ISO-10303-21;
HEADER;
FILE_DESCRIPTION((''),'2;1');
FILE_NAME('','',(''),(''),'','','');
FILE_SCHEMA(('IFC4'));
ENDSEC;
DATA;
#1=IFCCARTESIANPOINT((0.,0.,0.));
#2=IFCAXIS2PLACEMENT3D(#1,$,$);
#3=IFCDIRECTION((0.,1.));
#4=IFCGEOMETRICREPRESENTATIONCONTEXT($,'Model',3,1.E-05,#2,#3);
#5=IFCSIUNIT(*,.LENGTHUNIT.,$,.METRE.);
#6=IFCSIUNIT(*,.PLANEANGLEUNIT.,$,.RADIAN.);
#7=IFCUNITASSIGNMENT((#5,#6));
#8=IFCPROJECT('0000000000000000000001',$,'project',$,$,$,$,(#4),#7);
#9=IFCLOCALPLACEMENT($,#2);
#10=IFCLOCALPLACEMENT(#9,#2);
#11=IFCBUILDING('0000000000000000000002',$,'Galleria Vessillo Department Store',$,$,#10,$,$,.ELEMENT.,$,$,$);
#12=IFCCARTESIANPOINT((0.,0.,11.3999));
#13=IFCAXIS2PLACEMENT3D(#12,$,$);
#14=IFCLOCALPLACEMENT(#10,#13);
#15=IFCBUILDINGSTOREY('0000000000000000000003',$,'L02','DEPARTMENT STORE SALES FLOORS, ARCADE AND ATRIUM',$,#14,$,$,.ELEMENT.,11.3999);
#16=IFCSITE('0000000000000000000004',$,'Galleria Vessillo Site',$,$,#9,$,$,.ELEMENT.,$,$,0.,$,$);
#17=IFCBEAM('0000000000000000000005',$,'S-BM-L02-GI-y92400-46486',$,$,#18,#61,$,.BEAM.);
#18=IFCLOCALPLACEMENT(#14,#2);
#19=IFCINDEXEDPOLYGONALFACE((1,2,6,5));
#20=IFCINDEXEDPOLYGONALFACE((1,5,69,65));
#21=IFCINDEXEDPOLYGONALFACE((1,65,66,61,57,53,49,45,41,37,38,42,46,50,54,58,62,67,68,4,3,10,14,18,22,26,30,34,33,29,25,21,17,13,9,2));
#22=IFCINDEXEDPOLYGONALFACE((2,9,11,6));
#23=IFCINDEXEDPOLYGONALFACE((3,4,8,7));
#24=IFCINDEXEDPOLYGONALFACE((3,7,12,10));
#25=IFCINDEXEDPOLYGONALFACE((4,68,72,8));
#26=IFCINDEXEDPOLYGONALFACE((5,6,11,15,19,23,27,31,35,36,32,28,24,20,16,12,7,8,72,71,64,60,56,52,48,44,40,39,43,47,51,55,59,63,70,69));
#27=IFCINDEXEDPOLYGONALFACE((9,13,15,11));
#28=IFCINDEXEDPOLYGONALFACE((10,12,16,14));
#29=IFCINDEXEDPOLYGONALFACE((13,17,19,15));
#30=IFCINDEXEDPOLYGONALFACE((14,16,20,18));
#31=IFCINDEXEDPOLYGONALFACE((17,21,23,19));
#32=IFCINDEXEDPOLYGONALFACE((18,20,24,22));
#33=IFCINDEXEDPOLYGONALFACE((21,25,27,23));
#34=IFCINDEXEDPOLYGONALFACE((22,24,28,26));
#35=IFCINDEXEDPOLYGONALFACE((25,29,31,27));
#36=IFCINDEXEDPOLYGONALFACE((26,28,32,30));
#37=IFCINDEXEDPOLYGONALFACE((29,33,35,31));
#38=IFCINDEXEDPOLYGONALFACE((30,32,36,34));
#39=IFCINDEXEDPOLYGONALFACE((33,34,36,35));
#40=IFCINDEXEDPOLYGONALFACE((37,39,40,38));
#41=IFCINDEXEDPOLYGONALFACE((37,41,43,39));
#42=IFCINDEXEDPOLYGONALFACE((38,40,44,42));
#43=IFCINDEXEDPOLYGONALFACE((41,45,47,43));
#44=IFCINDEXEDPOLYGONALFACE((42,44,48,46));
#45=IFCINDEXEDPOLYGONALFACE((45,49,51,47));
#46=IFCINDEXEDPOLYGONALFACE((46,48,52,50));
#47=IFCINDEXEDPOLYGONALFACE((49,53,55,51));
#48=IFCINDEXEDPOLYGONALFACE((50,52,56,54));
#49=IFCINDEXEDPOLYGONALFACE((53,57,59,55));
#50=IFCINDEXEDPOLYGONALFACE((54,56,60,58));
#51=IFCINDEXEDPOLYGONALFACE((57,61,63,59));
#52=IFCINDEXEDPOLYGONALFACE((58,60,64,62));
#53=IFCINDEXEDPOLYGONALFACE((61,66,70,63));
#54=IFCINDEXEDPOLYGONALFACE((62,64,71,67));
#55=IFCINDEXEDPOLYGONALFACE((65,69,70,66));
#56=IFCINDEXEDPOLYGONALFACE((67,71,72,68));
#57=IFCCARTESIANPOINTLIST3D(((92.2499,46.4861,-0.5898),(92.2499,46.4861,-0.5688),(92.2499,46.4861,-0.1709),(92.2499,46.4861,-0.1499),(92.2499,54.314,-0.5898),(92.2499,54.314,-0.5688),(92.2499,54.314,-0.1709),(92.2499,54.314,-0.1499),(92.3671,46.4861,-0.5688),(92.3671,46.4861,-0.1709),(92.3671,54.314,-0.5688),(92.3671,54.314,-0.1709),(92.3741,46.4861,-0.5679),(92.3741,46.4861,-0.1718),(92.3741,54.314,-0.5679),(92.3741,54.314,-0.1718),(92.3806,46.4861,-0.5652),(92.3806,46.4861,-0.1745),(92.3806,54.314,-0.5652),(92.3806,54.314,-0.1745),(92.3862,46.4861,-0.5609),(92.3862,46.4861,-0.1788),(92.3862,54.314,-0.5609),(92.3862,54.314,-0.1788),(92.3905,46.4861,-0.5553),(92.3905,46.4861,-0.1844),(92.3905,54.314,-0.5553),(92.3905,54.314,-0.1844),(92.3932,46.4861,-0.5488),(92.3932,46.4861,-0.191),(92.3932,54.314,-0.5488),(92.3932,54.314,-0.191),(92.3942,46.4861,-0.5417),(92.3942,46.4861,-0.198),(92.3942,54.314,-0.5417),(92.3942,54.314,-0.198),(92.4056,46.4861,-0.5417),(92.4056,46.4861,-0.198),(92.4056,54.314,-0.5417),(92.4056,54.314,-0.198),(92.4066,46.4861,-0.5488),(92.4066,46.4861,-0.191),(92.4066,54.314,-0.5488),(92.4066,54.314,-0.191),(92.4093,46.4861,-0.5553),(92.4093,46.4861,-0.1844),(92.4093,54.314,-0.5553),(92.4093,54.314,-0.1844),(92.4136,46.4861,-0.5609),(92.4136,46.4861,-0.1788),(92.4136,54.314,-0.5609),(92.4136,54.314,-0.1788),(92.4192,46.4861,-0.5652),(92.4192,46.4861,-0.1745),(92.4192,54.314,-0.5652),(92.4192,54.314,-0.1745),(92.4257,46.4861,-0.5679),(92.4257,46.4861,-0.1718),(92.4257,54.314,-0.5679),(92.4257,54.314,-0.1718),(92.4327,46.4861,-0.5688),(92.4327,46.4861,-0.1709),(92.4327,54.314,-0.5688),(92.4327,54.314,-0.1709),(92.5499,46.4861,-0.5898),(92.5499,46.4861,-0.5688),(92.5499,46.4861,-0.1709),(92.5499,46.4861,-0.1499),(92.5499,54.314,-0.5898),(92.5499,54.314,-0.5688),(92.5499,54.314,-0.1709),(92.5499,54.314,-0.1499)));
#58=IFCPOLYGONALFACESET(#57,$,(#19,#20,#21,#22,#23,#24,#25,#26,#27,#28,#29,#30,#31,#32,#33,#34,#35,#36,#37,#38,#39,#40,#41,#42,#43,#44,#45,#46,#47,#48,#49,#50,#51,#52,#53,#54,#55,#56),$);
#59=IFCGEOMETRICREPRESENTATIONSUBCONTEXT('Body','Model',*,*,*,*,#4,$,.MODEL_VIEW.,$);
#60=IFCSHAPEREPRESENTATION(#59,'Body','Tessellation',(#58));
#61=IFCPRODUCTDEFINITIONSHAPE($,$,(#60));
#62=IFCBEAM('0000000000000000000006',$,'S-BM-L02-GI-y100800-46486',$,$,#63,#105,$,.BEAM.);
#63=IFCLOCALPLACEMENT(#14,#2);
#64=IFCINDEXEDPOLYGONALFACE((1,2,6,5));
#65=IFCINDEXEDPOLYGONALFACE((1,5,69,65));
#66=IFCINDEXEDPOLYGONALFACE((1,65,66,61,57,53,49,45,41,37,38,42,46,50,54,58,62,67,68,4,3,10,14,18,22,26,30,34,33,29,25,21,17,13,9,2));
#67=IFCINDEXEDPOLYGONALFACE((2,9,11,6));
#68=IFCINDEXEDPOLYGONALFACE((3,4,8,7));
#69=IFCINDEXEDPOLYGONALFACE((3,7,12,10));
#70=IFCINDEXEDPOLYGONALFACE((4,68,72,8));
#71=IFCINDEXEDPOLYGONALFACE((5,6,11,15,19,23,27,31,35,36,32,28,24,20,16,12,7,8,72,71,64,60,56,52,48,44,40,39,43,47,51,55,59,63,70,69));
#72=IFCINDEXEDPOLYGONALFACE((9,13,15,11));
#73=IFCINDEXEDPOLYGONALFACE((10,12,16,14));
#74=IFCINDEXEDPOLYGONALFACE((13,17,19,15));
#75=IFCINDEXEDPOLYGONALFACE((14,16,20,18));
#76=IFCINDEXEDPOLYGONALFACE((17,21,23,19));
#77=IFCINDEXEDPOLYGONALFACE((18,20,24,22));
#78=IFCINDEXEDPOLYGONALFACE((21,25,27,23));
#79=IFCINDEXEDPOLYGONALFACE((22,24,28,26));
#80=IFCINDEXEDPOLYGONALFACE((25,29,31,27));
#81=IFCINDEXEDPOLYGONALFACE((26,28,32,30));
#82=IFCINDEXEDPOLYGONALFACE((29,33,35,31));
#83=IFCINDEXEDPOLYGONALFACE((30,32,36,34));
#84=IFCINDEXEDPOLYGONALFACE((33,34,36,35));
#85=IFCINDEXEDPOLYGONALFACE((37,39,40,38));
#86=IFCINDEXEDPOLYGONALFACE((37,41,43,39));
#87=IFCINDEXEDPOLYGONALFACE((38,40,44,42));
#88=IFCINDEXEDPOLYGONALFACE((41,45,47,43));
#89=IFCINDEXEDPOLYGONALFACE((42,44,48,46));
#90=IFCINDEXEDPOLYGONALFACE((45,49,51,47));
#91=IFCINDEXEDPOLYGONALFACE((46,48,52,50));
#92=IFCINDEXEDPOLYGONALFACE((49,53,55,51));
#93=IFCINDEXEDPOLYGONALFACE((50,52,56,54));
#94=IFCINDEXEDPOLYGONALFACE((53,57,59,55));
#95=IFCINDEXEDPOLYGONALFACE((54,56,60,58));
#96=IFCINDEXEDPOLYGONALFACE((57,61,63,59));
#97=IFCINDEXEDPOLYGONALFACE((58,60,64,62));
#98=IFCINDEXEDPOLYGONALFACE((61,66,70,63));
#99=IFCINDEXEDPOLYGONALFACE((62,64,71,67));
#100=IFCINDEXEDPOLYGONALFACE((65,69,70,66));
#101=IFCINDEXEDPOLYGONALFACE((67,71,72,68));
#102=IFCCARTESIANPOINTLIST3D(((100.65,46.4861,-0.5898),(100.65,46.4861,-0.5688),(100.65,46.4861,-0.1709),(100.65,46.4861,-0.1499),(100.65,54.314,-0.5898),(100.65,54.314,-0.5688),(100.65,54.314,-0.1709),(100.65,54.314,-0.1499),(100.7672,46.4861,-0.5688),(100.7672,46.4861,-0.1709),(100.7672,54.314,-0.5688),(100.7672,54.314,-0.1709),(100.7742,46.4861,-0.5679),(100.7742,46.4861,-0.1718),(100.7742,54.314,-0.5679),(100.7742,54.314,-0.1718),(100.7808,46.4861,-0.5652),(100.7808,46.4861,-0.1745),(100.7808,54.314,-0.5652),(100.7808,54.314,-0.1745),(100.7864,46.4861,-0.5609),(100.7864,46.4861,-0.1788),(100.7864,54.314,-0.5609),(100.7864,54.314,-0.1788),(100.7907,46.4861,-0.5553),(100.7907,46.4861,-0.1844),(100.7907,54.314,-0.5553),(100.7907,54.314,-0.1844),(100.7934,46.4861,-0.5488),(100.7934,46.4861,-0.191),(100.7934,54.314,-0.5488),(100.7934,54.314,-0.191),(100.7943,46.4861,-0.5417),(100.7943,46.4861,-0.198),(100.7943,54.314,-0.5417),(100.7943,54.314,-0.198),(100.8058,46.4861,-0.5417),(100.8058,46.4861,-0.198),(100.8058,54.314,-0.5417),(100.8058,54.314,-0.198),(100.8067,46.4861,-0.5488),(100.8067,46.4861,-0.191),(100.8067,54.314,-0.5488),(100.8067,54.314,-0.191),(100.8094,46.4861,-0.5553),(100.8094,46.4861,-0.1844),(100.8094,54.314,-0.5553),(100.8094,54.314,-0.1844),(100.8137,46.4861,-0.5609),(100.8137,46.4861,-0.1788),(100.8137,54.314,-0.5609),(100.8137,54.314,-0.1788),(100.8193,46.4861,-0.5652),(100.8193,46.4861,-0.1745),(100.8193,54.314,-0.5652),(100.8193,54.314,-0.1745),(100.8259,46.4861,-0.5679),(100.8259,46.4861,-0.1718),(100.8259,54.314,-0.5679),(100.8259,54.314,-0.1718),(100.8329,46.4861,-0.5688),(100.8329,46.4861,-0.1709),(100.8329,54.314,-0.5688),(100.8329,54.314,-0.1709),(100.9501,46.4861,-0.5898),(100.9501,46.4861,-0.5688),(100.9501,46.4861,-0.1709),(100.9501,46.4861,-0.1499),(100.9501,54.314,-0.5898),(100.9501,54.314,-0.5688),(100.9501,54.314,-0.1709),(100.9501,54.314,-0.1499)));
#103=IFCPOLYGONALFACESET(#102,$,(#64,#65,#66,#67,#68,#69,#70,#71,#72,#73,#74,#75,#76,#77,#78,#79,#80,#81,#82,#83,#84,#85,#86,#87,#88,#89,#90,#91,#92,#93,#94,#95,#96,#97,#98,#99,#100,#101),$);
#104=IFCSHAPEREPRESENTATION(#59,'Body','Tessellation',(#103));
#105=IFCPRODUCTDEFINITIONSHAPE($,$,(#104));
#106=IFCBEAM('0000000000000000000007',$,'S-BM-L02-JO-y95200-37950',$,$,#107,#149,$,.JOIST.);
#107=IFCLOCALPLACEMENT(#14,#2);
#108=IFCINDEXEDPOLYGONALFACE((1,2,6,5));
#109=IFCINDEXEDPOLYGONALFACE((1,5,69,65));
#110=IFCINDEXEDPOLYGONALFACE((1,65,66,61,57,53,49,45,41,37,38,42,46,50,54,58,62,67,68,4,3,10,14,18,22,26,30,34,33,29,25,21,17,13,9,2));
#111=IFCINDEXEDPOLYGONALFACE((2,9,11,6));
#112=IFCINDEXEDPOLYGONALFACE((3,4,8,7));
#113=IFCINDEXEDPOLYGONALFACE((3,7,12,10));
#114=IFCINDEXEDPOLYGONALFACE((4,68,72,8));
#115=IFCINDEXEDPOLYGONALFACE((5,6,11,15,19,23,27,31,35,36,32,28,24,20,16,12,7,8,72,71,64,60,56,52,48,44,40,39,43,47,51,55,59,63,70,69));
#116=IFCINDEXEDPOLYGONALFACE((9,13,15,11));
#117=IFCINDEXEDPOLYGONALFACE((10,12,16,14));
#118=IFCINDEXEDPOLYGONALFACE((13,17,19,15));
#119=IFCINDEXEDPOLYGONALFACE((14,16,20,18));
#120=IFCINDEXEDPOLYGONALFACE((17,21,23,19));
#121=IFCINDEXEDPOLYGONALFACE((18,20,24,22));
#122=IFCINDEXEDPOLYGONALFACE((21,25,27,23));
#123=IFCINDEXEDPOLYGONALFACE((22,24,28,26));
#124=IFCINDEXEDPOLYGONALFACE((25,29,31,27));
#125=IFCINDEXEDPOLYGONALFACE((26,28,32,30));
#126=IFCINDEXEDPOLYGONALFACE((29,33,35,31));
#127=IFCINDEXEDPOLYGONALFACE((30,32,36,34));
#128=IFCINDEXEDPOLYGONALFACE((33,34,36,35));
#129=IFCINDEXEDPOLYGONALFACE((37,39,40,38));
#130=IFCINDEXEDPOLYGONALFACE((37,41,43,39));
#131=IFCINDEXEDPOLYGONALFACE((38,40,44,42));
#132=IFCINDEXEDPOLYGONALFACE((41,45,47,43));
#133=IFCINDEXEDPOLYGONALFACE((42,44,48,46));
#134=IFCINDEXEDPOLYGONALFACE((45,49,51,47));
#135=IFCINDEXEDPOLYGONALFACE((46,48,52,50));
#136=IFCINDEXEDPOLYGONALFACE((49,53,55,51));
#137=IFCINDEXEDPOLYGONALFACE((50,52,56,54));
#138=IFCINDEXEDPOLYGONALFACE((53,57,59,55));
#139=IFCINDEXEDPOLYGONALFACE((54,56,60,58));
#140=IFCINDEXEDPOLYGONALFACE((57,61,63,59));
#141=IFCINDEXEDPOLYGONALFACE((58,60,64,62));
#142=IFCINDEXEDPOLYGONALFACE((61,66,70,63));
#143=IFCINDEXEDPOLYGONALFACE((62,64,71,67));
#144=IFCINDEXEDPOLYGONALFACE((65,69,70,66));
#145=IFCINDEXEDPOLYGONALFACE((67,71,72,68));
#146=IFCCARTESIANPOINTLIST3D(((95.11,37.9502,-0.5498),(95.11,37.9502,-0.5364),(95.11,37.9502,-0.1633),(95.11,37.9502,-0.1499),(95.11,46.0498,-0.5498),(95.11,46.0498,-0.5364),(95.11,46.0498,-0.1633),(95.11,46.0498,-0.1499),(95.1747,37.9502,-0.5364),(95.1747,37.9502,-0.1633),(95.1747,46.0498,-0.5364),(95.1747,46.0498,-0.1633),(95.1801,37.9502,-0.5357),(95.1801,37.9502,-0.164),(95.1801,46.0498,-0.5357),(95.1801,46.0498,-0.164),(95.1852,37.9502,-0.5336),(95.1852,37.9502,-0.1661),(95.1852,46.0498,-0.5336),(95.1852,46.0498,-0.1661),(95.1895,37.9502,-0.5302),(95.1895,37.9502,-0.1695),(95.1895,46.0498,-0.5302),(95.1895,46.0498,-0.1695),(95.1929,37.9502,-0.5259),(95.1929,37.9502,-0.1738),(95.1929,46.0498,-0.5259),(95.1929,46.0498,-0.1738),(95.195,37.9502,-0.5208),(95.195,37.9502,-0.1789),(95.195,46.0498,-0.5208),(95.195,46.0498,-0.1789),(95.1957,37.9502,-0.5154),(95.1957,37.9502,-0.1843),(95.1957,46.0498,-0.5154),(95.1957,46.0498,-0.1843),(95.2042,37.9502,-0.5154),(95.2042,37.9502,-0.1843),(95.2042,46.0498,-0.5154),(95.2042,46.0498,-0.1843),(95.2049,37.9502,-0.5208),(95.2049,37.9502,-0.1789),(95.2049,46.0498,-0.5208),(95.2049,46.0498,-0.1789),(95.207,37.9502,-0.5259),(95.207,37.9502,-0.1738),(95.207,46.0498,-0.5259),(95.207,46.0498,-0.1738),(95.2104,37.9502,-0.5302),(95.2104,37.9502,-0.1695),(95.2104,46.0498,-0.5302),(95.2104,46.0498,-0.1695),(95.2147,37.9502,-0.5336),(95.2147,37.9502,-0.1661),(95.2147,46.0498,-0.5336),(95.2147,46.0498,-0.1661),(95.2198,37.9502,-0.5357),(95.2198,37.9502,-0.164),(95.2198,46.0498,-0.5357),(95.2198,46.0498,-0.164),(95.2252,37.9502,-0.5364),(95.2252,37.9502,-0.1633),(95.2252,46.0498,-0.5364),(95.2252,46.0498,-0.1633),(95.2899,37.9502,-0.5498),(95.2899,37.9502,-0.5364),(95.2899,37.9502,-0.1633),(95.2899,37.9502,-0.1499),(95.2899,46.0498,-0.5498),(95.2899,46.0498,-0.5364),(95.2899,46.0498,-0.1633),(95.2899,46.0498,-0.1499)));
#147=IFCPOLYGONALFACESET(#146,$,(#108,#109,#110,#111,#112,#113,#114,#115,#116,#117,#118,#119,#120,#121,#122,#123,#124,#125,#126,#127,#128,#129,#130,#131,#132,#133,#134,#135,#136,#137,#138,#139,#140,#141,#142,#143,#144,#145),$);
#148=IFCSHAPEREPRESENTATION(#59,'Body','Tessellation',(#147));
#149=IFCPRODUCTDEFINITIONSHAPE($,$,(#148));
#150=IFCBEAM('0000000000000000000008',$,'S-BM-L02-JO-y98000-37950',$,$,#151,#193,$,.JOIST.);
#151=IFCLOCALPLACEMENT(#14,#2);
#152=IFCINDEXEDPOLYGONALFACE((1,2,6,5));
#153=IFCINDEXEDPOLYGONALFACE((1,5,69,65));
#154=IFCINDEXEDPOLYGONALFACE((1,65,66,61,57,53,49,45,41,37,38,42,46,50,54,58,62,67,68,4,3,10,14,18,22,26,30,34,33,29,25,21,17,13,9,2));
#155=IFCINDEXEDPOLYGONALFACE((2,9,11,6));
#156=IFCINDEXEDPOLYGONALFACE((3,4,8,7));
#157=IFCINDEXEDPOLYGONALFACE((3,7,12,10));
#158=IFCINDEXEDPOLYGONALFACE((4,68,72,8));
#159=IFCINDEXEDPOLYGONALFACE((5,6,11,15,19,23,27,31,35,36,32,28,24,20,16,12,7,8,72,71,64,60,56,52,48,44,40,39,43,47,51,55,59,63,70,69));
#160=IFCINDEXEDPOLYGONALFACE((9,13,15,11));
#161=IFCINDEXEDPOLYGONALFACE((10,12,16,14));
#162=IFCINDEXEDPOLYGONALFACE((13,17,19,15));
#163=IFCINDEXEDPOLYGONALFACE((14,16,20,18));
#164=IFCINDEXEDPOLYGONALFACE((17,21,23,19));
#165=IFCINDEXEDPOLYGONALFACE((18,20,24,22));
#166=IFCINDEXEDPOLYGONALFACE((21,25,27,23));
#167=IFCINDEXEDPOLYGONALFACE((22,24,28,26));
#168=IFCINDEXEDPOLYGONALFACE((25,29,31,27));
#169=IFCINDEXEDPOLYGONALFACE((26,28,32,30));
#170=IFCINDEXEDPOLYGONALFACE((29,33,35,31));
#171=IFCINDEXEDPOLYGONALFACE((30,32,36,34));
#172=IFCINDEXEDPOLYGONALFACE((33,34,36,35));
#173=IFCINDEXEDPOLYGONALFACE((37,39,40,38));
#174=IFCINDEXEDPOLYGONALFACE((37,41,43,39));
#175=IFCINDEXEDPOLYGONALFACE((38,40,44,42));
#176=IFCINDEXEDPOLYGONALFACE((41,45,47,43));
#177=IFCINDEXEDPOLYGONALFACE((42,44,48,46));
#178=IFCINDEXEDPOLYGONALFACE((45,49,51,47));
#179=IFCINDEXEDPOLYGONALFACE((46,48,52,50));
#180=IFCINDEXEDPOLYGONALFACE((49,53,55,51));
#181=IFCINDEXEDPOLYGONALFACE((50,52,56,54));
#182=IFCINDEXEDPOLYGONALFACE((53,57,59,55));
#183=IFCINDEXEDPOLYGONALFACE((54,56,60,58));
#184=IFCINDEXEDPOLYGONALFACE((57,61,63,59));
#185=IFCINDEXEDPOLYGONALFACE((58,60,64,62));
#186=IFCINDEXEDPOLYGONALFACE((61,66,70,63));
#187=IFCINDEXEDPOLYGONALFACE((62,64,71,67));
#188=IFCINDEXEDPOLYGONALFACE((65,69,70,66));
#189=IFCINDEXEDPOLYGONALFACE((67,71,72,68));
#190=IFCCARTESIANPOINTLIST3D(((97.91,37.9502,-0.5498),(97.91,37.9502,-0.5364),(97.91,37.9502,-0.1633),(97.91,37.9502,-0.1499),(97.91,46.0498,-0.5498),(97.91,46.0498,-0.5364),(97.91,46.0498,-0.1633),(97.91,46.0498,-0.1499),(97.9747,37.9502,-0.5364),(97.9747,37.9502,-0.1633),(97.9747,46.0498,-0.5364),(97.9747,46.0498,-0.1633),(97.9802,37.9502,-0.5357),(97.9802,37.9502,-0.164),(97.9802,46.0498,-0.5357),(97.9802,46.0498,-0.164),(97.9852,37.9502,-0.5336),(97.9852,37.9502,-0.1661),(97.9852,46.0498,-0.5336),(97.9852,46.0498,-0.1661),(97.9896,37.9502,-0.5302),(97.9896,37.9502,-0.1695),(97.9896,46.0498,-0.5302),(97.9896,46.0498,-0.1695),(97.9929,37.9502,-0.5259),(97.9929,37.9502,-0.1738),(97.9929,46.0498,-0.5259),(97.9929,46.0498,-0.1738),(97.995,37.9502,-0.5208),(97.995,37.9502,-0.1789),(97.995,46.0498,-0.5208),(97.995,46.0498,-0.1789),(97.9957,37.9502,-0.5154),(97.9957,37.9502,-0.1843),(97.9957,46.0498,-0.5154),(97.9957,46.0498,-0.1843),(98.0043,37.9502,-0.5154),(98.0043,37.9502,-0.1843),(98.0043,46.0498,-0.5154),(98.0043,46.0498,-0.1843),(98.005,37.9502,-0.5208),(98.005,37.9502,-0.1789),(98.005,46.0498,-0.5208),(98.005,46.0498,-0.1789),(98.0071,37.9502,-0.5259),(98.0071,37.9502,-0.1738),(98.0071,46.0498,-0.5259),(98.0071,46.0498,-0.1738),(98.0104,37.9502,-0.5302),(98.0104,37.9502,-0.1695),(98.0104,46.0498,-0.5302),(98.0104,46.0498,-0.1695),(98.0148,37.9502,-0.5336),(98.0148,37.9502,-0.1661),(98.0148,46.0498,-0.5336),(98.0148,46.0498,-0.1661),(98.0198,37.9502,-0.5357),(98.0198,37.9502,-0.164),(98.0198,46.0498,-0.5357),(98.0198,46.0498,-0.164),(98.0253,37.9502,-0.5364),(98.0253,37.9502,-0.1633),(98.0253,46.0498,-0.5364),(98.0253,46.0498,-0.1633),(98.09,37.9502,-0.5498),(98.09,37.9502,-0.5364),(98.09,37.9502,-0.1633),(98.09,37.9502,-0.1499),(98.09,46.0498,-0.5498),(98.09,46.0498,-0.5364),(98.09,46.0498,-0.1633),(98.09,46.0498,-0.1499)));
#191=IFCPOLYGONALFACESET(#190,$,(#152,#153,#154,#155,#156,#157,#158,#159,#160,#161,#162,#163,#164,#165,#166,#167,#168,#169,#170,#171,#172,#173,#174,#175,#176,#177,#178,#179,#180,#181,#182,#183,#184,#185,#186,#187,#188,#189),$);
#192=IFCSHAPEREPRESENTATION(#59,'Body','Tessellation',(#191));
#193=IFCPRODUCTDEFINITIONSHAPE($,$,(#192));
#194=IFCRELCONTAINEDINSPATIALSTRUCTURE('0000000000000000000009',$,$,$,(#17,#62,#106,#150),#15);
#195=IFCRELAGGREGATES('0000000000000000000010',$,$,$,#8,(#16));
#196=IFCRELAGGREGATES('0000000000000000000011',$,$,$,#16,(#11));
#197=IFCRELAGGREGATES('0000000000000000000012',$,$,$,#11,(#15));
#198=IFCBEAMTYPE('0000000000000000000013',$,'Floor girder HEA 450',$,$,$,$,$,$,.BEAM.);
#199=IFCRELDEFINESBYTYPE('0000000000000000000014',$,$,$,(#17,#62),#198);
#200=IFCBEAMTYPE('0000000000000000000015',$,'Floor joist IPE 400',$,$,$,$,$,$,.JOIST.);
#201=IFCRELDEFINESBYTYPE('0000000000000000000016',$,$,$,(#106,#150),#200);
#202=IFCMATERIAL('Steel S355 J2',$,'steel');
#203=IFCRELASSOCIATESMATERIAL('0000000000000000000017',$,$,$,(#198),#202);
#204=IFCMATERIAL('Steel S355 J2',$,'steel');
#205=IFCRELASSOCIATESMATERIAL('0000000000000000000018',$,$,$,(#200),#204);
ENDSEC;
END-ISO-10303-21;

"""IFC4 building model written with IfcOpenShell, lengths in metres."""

from ifc_helpers import new_model, si_unit, direction, frame, origin, origin_2d, place, context, subcontext, project, spatial, i_section, extrude, material, material_profile, profile_set, type_object, element, save


model = new_model("IFC4")

# Units and contexts
model_context = context("Model", 3, precision=1e-05, world=origin(), true_north=direction((0.0, 1.0)))
body_context = subcontext(model_context, "Body", "Model", "MODEL_VIEW")
ifc_project = project(units=[si_unit("LENGTHUNIT", "METRE"), si_unit("PLANEANGLEUNIT", "RADIAN")], contexts=[model_context])

# Site, building, storey
site_placement = place(None, origin())
site = spatial("IfcSite", under=ifc_project, at=site_placement, Name="Galleria Vessillo Site", CompositionType="ELEMENT", RefElevation=0.0)
building_placement = place(site_placement, origin())
building = spatial("IfcBuilding", under=site, at=building_placement, Name="Galleria Vessillo Department Store", CompositionType="ELEMENT")
storey_placement = place(building_placement, frame((0.0, 0.0, 11.3999)))
storey = spatial("IfcBuildingStorey", under=building, at=storey_placement, Name="L02", Description="DEPARTMENT STORE SALES FLOORS, ARCADE AND ATRIUM", CompositionType="ELEMENT", Elevation=11.3999)

# Beams
ifc_material_1 = material(Name="Steel S355 J2", Category="steel")
ifc_material_profile_1 = material_profile(ifc_material_1, i_section(OverallWidth=0.3, OverallDepth=0.4399, WebThickness=0.0115, FlangeThickness=0.021, FilletRadius=0.0271, at=origin_2d()), Name="HEA 450")
ifc_profile_set_1 = profile_set([ifc_material_profile_1], Name="Steel S355 J2")
beam_type_1 = type_object("IfcBeamType", Name="Floor girder HEA 450", PredefinedType="BEAM", material=ifc_profile_set_1)
for number, where, z_axis, x_axis, name in (
    (1, (92.3999, 46.4861, -0.3699), (0.0, 1.0, 0.0), (-1.0, 0.0, 0.0), "S-BM-L02-GI-y92400-46486"),
    (2, (100.8, 46.4861, -0.3699), (0.0, 1.0, 0.0), (-1.0, 0.0, 0.0), "S-BM-L02-GI-y100800-46486"),
):
    element("IfcBeam", number, at=place(storey_placement, frame(where, z_axis=z_axis, x_axis=x_axis)), inside=storey, type_object=beam_type_1, Name=name, PredefinedType="BEAM", context=body_context, shape_type="SweptSolid", body=[
        extrude(i_section(OverallWidth=0.3, OverallDepth=0.4399, WebThickness=0.0115, FlangeThickness=0.021, FilletRadius=0.0271, at=origin_2d()), origin(), (0.0, 0.0, 1.0), 7.8279),
    ])
ifc_material_2 = material(Name="Steel S355 J2", Category="steel")
ifc_material_profile_2 = material_profile(ifc_material_2, i_section(OverallWidth=0.1799, OverallDepth=0.3999, WebThickness=0.0085, FlangeThickness=0.0134, FilletRadius=0.021, at=origin_2d()), Name="IPE 400")
ifc_profile_set_2 = profile_set([ifc_material_profile_2], Name="Steel S355 J2")
beam_type_2 = type_object("IfcBeamType", Name="Floor joist IPE 400", PredefinedType="JOIST", material=ifc_profile_set_2)
for number, where, z_axis, x_axis, name in (
    (3, (95.2, 37.9502, -0.3499), (0.0, 1.0, 0.0), (-1.0, 0.0, 0.0), "S-BM-L02-JO-y95200-37950"),
    (4, (98.0, 37.9502, -0.3499), (0.0, 1.0, 0.0), (-1.0, 0.0, 0.0), "S-BM-L02-JO-y98000-37950"),
):
    element("IfcBeam", number, at=place(storey_placement, frame(where, z_axis=z_axis, x_axis=x_axis)), inside=storey, type_object=beam_type_2, Name=name, PredefinedType="JOIST", context=body_context, shape_type="SweptSolid", body=[
        extrude(i_section(OverallWidth=0.1799, OverallDepth=0.3999, WebThickness=0.0085, FlangeThickness=0.0134, FilletRadius=0.021, at=origin_2d()), origin(), (0.0, 0.0, 1.0), 8.0996),
    ])

save(model, "model.ifc")
